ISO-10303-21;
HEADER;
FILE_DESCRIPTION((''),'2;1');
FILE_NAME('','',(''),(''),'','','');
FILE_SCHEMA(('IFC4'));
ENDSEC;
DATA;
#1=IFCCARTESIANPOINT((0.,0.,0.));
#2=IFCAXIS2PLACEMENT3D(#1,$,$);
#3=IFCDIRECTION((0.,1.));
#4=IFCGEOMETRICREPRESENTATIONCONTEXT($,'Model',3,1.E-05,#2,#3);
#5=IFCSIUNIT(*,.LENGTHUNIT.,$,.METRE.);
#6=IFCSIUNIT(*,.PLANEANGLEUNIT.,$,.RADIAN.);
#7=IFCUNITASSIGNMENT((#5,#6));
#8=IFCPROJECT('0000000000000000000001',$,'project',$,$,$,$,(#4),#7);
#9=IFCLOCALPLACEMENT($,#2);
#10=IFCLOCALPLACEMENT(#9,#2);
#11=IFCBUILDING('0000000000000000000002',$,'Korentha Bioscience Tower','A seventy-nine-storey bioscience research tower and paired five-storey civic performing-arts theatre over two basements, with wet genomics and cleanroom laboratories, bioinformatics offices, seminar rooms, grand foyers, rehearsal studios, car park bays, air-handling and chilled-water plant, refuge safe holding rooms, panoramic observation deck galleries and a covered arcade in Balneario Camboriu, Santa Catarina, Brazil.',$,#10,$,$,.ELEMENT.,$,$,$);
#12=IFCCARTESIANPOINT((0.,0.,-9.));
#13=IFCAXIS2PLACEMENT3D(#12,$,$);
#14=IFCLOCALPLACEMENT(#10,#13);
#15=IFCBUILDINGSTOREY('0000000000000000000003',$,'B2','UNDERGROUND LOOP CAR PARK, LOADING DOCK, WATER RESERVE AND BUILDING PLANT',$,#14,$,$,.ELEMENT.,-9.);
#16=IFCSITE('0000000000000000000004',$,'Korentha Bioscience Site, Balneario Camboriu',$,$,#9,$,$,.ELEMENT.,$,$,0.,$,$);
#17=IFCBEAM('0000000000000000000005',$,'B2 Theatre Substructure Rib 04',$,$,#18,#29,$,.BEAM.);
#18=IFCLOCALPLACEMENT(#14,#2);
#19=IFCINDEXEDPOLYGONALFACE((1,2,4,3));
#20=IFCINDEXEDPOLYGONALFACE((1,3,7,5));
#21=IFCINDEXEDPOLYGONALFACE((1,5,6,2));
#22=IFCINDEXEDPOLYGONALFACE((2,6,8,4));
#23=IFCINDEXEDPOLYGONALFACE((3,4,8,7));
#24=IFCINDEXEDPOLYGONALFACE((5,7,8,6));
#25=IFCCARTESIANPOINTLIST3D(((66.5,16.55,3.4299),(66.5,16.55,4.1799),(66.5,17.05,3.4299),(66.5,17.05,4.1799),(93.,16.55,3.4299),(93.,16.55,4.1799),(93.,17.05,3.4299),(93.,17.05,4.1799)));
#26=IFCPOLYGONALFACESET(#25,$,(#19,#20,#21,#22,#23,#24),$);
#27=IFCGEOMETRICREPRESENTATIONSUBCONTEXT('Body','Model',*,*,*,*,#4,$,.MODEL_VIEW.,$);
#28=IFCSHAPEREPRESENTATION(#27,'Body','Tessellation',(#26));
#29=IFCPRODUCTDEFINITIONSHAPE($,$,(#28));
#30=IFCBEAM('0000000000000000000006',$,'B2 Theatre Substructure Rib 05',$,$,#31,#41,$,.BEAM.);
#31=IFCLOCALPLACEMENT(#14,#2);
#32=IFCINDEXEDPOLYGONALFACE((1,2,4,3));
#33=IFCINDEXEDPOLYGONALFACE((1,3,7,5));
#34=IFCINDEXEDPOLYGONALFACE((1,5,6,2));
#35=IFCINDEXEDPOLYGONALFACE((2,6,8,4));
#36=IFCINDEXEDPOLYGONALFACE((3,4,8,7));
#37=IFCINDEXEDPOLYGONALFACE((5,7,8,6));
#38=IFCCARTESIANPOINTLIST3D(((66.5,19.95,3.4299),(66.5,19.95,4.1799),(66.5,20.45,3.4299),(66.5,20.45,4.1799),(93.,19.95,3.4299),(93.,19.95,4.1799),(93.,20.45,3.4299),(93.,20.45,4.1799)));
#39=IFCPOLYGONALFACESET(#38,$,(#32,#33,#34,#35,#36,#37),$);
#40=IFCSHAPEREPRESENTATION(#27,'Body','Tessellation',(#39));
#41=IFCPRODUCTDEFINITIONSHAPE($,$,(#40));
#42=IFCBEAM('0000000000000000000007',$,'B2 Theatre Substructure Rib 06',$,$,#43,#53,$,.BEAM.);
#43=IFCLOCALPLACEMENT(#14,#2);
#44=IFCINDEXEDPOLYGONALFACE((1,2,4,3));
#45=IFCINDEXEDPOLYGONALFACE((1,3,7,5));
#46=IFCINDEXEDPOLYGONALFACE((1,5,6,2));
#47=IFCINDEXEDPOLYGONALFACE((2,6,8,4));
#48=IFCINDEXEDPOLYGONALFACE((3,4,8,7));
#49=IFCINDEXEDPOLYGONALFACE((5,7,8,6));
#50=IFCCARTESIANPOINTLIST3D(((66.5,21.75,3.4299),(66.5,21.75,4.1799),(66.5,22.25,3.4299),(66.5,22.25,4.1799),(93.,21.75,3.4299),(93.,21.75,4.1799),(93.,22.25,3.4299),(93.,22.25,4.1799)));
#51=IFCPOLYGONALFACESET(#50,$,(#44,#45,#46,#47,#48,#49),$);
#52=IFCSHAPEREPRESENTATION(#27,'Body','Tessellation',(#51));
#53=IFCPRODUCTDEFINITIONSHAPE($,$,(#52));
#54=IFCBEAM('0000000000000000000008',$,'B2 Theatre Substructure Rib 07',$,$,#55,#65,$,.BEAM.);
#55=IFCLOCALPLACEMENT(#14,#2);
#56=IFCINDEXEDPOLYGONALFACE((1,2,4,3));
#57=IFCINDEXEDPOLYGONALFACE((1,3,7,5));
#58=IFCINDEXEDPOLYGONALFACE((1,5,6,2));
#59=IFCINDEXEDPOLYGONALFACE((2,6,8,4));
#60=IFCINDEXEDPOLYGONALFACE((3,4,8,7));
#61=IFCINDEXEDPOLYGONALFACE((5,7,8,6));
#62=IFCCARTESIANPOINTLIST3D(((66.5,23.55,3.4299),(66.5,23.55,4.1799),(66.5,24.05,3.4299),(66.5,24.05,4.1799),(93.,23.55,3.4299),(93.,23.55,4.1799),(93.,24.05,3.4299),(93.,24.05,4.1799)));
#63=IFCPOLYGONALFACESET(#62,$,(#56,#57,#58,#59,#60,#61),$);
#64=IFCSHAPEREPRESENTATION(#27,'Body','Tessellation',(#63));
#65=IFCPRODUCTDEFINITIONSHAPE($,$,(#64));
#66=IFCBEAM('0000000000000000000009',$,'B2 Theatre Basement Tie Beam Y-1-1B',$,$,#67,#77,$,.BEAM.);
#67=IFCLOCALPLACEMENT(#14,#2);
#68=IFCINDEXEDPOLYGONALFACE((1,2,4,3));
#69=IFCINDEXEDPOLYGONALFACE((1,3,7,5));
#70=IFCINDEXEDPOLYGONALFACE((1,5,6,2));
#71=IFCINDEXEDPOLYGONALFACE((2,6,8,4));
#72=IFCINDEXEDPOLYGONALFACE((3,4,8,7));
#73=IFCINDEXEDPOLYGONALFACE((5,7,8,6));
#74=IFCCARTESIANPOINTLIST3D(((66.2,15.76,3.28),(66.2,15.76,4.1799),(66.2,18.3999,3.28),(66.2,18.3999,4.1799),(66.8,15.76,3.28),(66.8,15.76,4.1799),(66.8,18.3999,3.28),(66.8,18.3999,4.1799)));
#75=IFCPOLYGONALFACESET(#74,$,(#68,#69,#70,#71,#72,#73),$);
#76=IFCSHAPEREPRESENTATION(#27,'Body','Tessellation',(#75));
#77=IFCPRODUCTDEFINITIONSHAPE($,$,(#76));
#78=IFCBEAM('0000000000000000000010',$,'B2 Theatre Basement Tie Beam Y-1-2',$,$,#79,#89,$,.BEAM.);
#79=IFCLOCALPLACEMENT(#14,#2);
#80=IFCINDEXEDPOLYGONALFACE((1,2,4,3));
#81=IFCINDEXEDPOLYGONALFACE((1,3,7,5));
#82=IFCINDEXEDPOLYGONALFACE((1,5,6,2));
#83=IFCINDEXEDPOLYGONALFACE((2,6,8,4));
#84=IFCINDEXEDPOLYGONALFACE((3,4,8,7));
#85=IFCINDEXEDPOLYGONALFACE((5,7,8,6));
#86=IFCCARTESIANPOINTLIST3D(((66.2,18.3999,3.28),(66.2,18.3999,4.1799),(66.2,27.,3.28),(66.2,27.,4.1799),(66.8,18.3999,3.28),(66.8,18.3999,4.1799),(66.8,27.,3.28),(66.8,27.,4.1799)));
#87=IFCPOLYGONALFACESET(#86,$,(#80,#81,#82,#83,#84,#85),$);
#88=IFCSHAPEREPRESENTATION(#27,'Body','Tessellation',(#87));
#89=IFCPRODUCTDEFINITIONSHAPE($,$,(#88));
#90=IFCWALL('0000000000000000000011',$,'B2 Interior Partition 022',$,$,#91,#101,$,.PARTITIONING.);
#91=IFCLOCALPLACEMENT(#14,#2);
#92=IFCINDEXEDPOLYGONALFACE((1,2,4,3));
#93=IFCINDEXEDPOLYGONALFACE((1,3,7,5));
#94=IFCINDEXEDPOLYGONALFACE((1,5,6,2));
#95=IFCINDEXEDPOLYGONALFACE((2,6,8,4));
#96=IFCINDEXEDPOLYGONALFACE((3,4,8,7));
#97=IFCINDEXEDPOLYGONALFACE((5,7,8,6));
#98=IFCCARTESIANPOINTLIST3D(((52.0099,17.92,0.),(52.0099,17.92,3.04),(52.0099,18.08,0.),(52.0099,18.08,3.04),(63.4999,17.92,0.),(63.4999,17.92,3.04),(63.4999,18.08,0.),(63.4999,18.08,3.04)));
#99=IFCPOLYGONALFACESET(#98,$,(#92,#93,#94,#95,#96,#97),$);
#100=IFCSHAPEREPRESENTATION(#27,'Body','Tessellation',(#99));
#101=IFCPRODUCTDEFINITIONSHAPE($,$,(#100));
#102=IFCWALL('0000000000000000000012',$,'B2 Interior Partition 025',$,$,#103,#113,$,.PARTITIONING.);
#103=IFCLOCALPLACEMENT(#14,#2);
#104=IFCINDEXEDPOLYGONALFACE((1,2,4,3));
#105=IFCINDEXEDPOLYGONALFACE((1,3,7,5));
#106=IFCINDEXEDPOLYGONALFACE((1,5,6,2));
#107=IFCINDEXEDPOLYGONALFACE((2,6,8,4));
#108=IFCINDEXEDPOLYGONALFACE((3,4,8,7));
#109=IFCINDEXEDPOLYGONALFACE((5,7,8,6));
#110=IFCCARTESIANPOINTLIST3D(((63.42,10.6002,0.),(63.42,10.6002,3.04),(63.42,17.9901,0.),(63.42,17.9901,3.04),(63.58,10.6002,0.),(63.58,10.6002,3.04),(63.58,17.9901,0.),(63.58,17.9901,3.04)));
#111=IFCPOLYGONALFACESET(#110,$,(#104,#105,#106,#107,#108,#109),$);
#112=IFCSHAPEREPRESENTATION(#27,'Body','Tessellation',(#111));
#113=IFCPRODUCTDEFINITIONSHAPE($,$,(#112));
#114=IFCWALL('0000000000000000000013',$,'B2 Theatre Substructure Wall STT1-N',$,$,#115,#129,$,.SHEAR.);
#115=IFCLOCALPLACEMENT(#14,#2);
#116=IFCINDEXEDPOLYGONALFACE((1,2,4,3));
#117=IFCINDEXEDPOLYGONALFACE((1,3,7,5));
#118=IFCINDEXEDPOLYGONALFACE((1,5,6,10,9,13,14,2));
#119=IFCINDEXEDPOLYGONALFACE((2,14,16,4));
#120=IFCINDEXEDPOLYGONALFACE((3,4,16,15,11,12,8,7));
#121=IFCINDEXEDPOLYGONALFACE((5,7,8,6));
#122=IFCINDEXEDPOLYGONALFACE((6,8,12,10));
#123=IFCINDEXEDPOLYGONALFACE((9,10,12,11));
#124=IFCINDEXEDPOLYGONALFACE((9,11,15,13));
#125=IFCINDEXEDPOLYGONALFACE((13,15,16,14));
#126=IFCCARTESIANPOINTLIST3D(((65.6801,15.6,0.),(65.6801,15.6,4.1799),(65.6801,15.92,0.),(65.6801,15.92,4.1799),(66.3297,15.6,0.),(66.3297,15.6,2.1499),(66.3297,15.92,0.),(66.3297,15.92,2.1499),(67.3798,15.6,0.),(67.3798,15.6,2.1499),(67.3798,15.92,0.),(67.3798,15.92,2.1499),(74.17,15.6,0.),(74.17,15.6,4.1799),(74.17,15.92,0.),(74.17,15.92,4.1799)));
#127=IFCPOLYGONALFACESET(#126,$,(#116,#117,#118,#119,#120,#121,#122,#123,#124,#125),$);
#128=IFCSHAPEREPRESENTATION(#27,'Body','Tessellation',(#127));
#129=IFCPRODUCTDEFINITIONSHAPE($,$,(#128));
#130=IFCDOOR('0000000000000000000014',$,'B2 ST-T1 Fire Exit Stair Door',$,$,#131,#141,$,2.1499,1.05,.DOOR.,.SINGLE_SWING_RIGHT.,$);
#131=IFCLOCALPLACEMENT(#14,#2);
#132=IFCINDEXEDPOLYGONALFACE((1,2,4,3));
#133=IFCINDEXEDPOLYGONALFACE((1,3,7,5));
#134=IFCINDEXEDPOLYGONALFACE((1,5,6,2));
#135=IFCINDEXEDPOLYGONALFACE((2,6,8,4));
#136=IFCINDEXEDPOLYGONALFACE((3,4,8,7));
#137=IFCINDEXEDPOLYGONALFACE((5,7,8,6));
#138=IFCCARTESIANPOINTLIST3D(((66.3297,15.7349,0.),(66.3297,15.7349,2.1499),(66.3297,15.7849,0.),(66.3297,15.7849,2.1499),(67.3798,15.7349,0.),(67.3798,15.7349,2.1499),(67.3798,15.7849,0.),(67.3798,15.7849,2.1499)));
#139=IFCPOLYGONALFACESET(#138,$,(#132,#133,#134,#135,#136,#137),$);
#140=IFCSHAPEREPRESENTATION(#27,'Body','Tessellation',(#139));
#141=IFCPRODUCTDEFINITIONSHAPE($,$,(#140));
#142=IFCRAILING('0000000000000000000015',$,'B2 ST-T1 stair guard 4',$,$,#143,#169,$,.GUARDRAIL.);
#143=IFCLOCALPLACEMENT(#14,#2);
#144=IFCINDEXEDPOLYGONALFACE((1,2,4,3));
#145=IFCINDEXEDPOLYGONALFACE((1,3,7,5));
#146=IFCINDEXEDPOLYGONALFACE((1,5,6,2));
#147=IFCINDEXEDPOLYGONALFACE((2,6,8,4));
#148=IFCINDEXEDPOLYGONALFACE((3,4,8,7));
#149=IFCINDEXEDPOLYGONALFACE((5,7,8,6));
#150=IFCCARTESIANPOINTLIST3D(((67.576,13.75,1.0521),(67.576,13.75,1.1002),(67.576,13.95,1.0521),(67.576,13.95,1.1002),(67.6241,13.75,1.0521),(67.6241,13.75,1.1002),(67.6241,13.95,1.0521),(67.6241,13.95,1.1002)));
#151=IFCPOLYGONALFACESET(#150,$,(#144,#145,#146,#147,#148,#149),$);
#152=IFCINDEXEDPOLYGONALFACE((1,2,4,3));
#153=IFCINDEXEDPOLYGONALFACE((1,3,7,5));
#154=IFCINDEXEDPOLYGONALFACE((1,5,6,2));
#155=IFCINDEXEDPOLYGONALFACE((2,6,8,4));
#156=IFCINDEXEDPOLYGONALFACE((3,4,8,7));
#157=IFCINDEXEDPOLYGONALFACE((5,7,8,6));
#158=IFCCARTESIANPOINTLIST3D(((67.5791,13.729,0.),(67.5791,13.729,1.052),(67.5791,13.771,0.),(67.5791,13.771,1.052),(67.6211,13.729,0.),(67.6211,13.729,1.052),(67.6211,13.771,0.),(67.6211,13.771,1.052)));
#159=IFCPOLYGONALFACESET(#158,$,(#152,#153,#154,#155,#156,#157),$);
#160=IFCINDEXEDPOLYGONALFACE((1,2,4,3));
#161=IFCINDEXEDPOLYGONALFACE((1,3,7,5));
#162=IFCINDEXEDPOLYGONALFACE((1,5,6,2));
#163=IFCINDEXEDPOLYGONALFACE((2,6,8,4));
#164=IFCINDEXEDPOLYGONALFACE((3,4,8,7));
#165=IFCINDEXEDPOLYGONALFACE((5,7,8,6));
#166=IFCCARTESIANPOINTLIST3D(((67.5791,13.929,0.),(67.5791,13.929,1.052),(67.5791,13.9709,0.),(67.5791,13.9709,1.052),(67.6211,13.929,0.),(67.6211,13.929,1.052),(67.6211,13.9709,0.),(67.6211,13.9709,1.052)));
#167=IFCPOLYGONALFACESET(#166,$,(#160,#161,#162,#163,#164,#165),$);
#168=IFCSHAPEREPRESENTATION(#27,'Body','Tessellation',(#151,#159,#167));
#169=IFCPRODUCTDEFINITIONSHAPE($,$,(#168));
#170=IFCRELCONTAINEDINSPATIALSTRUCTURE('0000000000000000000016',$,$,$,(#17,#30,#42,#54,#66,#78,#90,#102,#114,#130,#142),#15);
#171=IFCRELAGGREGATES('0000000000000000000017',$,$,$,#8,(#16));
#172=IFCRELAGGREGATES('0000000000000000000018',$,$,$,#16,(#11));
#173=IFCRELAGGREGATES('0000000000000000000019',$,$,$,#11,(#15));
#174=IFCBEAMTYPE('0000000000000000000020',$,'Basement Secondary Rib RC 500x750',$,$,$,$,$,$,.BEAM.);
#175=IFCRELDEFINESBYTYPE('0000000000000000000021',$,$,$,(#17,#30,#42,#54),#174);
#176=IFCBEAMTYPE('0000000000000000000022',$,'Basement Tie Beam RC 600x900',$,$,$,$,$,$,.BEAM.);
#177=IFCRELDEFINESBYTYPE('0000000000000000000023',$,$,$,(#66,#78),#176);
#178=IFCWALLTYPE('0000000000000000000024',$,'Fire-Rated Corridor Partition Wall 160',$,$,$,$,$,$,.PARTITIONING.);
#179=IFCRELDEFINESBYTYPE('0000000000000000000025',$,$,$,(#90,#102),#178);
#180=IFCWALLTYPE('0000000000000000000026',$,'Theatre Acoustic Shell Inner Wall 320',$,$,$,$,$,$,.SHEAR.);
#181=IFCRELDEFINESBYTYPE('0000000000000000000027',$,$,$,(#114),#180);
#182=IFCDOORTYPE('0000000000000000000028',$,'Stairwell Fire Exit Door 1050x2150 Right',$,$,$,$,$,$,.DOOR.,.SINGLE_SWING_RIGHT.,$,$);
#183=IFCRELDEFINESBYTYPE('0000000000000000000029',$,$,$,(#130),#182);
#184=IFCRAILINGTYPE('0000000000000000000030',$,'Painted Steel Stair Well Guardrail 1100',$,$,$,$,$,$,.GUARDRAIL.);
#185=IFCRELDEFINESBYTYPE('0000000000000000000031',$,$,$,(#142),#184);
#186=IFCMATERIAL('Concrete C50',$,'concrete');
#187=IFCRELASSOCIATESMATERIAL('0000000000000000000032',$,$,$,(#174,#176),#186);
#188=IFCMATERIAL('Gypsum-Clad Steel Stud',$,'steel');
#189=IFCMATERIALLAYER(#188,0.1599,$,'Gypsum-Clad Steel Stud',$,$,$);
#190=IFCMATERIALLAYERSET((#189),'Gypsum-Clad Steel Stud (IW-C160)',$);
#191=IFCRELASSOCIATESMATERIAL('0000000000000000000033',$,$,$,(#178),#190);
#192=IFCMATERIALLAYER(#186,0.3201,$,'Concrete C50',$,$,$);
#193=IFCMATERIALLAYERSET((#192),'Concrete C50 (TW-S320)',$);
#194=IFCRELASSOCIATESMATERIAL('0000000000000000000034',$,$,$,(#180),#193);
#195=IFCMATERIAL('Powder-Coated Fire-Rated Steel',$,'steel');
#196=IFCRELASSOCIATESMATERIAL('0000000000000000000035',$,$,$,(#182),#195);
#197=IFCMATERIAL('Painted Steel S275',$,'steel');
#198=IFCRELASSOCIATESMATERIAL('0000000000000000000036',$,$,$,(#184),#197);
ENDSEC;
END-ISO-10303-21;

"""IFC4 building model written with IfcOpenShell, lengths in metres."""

from ifc_helpers import new_model, si_unit, direction, frame, frame_2d, origin, origin_2d, place, context, subcontext, project, spatial, rectangle, extrude, material, layer, layer_set, material_profile, profile_set, type_object, element, fill, save


model = new_model("IFC4")

# Units and contexts
model_context = context("Model", 3, precision=1e-05, world=origin(), true_north=direction((0.0, 1.0)))
body_context = subcontext(model_context, "Body", "Model", "MODEL_VIEW")
ifc_project = project(units=[si_unit("LENGTHUNIT", "METRE"), si_unit("PLANEANGLEUNIT", "RADIAN")], contexts=[model_context])

# Site, building, storey
site_placement = place(None, origin())
site = spatial("IfcSite", under=ifc_project, at=site_placement, Name="Korentha Bioscience Site, Balneario Camboriu", CompositionType="ELEMENT", RefElevation=0.0)
building_placement = place(site_placement, origin())
building = spatial("IfcBuilding", under=site, at=building_placement, Name="Korentha Bioscience Tower", Description="A seventy-nine-storey bioscience research tower and paired five-storey civic performing-arts theatre over two basements, with wet genomics and cleanroom laboratories, bioinformatics offices, seminar rooms, grand foyers, rehearsal studios, car park bays, air-handling and chilled-water plant, refuge safe holding rooms, panoramic observation deck galleries and a covered arcade in Balneario Camboriu, Santa Catarina, Brazil.", CompositionType="ELEMENT")
storey_placement = place(building_placement, frame((0.0, 0.0, -9.0)))
storey = spatial("IfcBuildingStorey", under=building, at=storey_placement, Name="B2", Description="UNDERGROUND LOOP CAR PARK, LOADING DOCK, WATER RESERVE AND BUILDING PLANT", CompositionType="ELEMENT", Elevation=-9.0)

# Shared definitions
ifc_material_1 = material(Name="Concrete C50", Category="concrete")

# Beams
ifc_material_profile_1 = material_profile(ifc_material_1, rectangle(XDim=0.5, YDim=0.75, at=origin_2d()), Name="Concrete C50")
ifc_profile_set_1 = profile_set([ifc_material_profile_1], Name="Concrete C50 (BB-500)")
beam_type_1 = type_object("IfcBeamType", Name="Basement Secondary Rib RC 500x750", PredefinedType="BEAM", material=ifc_profile_set_1)
for number, where, z_axis, x_axis, name in (
    (1, (66.5, 16.8, 3.8049), (1.0, 0.0, 0.0), (0.0, 1.0, 0.0), "B2 Theatre Substructure Rib 04"),
    (2, (66.5, 20.2, 3.8049), (1.0, 0.0, 0.0), (0.0, 1.0, 0.0), "B2 Theatre Substructure Rib 05"),
    (3, (66.5, 22.0, 3.8049), (1.0, 0.0, 0.0), (0.0, 1.0, 0.0), "B2 Theatre Substructure Rib 06"),
    (4, (66.5, 23.8, 3.8049), (1.0, 0.0, 0.0), (0.0, 1.0, 0.0), "B2 Theatre Substructure Rib 07"),
):
    element("IfcBeam", number, at=place(storey_placement, frame(where, z_axis=z_axis, x_axis=x_axis)), inside=storey, type_object=beam_type_1, Name=name, PredefinedType="BEAM", context=body_context, shape_type="SweptSolid", body=[
        extrude(rectangle(XDim=0.5, YDim=0.75, at=origin_2d()), origin(), (0.0, 0.0, 1.0), 26.5),
    ])
ifc_material_profile_2 = material_profile(ifc_material_1, rectangle(XDim=0.6001, YDim=0.8999, at=origin_2d()), Name="Concrete C50")
ifc_profile_set_2 = profile_set([ifc_material_profile_2], Name="Concrete C50 (BB-600)")
beam_type_2 = type_object("IfcBeamType", Name="Basement Tie Beam RC 600x900", PredefinedType="BEAM", material=ifc_profile_set_2)
beam_1_placement = place(storey_placement, frame((66.5, 15.76, 3.73), z_axis=(0.0, 1.0, 0.0), x_axis=(-1.0, 0.0, 0.0)))
element("IfcBeam", 5, at=beam_1_placement, inside=storey, type_object=beam_type_2, Name="B2 Theatre Basement Tie Beam Y-1-1B", PredefinedType="BEAM", context=body_context, shape_type="SweptSolid", body=[
    extrude(rectangle(XDim=0.6001, YDim=0.8999, at=origin_2d()), origin(), (0.0, 0.0, 1.0), 2.6399),
])
beam_2_placement = place(storey_placement, frame((66.5, 18.3999, 3.73), z_axis=(0.0, 1.0, 0.0), x_axis=(-1.0, 0.0, 0.0)))
element("IfcBeam", 6, at=beam_2_placement, inside=storey, type_object=beam_type_2, Name="B2 Theatre Basement Tie Beam Y-1-2", PredefinedType="BEAM", context=body_context, shape_type="SweptSolid", body=[
    extrude(rectangle(XDim=0.6001, YDim=0.8999, at=origin_2d()), origin(), (0.0, 0.0, 1.0), 8.6001),
])

# Walls
ifc_material_2 = material(Name="Gypsum-Clad Steel Stud", Category="steel")
ifc_layer_1 = layer(ifc_material_2, 0.1599, Name="Gypsum-Clad Steel Stud")
ifc_layer_set_1 = layer_set([ifc_layer_1], Name="Gypsum-Clad Steel Stud (IW-C160)")
wall_type_1 = type_object("IfcWallType", Name="Fire-Rated Corridor Partition Wall 160", PredefinedType="PARTITIONING", material=ifc_layer_set_1)
wall_1_placement = place(storey_placement, frame((63.5, 18.0, 0.0), z_axis=(0.0, 0.0, 1.0), x_axis=(-1.0, 0.0, 0.0)))
element("IfcWall", 7, at=wall_1_placement, inside=storey, type_object=wall_type_1, Name="B2 Interior Partition 022", PredefinedType="PARTITIONING", context=body_context, shape_type="SweptSolid", body=[
    extrude(rectangle(XDim=11.49, YDim=0.1599, at=frame_2d((5.7451, 0.0))), origin(), (0.0, 0.0, 1.0), 3.04),
])
wall_2_placement = place(storey_placement, frame((63.5, 17.99, 0.0), z_axis=(0.0, 0.0, 1.0), x_axis=(0.0, -1.0, 0.0)))
element("IfcWall", 8, at=wall_2_placement, inside=storey, type_object=wall_type_1, Name="B2 Interior Partition 025", PredefinedType="PARTITIONING", context=body_context, shape_type="SweptSolid", body=[
    extrude(rectangle(XDim=7.3899, YDim=0.1599, at=frame_2d((3.6948, 0.0))), origin(), (0.0, 0.0, 1.0), 3.04),
])

# Wall, opening, door
ifc_layer_2 = layer(ifc_material_1, 0.3201, Name="Concrete C50")
ifc_layer_set_2 = layer_set([ifc_layer_2], Name="Concrete C50 (TW-S320)")
wall_type_2 = type_object("IfcWallType", Name="Theatre Acoustic Shell Inner Wall 320", PredefinedType="SHEAR", material=ifc_layer_set_2)
wall_3_placement = place(storey_placement, frame((65.6799, 15.76, 0.0), z_axis=(0.0, 0.0, 1.0), x_axis=(1.0, 0.0, 0.0)))
wall_3 = element("IfcWall", 9, at=wall_3_placement, inside=storey, type_object=wall_type_2, Name="B2 Theatre Substructure Wall STT1-N", PredefinedType="SHEAR", context=body_context, shape_type="SweptSolid", body=[
    extrude(rectangle(XDim=8.49, YDim=0.3201, at=frame_2d((4.2451, 0.0))), origin(), (0.0, 0.0, 1.0), 4.1799),
])
opening_placement = place(wall_3_placement, frame((0.6499, 0.0, 0.0)))
opening = element("IfcOpeningElement", 10, at=opening_placement, cuts=wall_3, PredefinedType="OPENING", context=body_context, shape_type="SweptSolid", body=[
    extrude(rectangle(XDim=1.05, YDim=2.1499, at=frame_2d((0.5249, 1.075))), frame((0.0, 0.1748, 0.0), z_axis=(0.0, -1.0, 0.0), x_axis=(1.0, 0.0, 0.0)), (0.0, 0.0, 1.0), 0.3499),
])
ifc_material_3 = material(Name="Powder-Coated Fire-Rated Steel", Category="steel")
door_type = type_object("IfcDoorType", Name="Stairwell Fire Exit Door 1050x2150 Right", OperationType="SINGLE_SWING_RIGHT", PredefinedType="DOOR", material=ifc_material_3)
door_placement = place(opening_placement, origin())
door = element("IfcDoor", 11, at=door_placement, inside=storey, type_object=door_type, Name="B2 ST-T1 Fire Exit Stair Door", OperationType="SINGLE_SWING_RIGHT", OverallHeight=2.1499, OverallWidth=1.05, PredefinedType="DOOR", context=body_context, shape_type="SweptSolid", body=[
    extrude(rectangle(XDim=1.05, YDim=2.1499, at=frame_2d((0.5249, 1.075))), frame((0.0, 0.0249, 0.0), z_axis=(0.0, -1.0, 0.0), x_axis=(1.0, 0.0, 0.0)), (0.0, 0.0, 1.0), 0.05),
])
fill(opening, door)

# Railing
ifc_material_4 = material(Name="Painted Steel S275", Category="steel")
railing_type = type_object("IfcRailingType", Name="Painted Steel Stair Well Guardrail 1100", PredefinedType="GUARDRAIL", material=ifc_material_4)
railing_placement = place(storey_placement, frame((67.6001, 13.75, 0.0)))
element("IfcRailing", 12, at=railing_placement, inside=storey, type_object=railing_type, Name="B2 ST-T1 stair guard 4", PredefinedType="GUARDRAIL", context=body_context, shape_type="SweptSolid", body=[
    extrude(rectangle(XDim=0.0481, YDim=0.0481, at=origin_2d()), frame((0.0, 0.0, 1.0762), z_axis=(0.0, 1.0, 0.0), x_axis=(-1.0, 0.0, 0.0)), (0.0, 0.0, 1.0), 0.2),
    extrude(rectangle(XDim=0.042, YDim=0.042, at=origin_2d()), origin(), (0.0, 0.0, 1.0), 1.052),
    extrude(rectangle(XDim=0.042, YDim=0.042, at=origin_2d()), frame((0.0, 0.2, 0.0)), (0.0, 0.0, 1.0), 1.052),
])

save(model, "model.ifc")
